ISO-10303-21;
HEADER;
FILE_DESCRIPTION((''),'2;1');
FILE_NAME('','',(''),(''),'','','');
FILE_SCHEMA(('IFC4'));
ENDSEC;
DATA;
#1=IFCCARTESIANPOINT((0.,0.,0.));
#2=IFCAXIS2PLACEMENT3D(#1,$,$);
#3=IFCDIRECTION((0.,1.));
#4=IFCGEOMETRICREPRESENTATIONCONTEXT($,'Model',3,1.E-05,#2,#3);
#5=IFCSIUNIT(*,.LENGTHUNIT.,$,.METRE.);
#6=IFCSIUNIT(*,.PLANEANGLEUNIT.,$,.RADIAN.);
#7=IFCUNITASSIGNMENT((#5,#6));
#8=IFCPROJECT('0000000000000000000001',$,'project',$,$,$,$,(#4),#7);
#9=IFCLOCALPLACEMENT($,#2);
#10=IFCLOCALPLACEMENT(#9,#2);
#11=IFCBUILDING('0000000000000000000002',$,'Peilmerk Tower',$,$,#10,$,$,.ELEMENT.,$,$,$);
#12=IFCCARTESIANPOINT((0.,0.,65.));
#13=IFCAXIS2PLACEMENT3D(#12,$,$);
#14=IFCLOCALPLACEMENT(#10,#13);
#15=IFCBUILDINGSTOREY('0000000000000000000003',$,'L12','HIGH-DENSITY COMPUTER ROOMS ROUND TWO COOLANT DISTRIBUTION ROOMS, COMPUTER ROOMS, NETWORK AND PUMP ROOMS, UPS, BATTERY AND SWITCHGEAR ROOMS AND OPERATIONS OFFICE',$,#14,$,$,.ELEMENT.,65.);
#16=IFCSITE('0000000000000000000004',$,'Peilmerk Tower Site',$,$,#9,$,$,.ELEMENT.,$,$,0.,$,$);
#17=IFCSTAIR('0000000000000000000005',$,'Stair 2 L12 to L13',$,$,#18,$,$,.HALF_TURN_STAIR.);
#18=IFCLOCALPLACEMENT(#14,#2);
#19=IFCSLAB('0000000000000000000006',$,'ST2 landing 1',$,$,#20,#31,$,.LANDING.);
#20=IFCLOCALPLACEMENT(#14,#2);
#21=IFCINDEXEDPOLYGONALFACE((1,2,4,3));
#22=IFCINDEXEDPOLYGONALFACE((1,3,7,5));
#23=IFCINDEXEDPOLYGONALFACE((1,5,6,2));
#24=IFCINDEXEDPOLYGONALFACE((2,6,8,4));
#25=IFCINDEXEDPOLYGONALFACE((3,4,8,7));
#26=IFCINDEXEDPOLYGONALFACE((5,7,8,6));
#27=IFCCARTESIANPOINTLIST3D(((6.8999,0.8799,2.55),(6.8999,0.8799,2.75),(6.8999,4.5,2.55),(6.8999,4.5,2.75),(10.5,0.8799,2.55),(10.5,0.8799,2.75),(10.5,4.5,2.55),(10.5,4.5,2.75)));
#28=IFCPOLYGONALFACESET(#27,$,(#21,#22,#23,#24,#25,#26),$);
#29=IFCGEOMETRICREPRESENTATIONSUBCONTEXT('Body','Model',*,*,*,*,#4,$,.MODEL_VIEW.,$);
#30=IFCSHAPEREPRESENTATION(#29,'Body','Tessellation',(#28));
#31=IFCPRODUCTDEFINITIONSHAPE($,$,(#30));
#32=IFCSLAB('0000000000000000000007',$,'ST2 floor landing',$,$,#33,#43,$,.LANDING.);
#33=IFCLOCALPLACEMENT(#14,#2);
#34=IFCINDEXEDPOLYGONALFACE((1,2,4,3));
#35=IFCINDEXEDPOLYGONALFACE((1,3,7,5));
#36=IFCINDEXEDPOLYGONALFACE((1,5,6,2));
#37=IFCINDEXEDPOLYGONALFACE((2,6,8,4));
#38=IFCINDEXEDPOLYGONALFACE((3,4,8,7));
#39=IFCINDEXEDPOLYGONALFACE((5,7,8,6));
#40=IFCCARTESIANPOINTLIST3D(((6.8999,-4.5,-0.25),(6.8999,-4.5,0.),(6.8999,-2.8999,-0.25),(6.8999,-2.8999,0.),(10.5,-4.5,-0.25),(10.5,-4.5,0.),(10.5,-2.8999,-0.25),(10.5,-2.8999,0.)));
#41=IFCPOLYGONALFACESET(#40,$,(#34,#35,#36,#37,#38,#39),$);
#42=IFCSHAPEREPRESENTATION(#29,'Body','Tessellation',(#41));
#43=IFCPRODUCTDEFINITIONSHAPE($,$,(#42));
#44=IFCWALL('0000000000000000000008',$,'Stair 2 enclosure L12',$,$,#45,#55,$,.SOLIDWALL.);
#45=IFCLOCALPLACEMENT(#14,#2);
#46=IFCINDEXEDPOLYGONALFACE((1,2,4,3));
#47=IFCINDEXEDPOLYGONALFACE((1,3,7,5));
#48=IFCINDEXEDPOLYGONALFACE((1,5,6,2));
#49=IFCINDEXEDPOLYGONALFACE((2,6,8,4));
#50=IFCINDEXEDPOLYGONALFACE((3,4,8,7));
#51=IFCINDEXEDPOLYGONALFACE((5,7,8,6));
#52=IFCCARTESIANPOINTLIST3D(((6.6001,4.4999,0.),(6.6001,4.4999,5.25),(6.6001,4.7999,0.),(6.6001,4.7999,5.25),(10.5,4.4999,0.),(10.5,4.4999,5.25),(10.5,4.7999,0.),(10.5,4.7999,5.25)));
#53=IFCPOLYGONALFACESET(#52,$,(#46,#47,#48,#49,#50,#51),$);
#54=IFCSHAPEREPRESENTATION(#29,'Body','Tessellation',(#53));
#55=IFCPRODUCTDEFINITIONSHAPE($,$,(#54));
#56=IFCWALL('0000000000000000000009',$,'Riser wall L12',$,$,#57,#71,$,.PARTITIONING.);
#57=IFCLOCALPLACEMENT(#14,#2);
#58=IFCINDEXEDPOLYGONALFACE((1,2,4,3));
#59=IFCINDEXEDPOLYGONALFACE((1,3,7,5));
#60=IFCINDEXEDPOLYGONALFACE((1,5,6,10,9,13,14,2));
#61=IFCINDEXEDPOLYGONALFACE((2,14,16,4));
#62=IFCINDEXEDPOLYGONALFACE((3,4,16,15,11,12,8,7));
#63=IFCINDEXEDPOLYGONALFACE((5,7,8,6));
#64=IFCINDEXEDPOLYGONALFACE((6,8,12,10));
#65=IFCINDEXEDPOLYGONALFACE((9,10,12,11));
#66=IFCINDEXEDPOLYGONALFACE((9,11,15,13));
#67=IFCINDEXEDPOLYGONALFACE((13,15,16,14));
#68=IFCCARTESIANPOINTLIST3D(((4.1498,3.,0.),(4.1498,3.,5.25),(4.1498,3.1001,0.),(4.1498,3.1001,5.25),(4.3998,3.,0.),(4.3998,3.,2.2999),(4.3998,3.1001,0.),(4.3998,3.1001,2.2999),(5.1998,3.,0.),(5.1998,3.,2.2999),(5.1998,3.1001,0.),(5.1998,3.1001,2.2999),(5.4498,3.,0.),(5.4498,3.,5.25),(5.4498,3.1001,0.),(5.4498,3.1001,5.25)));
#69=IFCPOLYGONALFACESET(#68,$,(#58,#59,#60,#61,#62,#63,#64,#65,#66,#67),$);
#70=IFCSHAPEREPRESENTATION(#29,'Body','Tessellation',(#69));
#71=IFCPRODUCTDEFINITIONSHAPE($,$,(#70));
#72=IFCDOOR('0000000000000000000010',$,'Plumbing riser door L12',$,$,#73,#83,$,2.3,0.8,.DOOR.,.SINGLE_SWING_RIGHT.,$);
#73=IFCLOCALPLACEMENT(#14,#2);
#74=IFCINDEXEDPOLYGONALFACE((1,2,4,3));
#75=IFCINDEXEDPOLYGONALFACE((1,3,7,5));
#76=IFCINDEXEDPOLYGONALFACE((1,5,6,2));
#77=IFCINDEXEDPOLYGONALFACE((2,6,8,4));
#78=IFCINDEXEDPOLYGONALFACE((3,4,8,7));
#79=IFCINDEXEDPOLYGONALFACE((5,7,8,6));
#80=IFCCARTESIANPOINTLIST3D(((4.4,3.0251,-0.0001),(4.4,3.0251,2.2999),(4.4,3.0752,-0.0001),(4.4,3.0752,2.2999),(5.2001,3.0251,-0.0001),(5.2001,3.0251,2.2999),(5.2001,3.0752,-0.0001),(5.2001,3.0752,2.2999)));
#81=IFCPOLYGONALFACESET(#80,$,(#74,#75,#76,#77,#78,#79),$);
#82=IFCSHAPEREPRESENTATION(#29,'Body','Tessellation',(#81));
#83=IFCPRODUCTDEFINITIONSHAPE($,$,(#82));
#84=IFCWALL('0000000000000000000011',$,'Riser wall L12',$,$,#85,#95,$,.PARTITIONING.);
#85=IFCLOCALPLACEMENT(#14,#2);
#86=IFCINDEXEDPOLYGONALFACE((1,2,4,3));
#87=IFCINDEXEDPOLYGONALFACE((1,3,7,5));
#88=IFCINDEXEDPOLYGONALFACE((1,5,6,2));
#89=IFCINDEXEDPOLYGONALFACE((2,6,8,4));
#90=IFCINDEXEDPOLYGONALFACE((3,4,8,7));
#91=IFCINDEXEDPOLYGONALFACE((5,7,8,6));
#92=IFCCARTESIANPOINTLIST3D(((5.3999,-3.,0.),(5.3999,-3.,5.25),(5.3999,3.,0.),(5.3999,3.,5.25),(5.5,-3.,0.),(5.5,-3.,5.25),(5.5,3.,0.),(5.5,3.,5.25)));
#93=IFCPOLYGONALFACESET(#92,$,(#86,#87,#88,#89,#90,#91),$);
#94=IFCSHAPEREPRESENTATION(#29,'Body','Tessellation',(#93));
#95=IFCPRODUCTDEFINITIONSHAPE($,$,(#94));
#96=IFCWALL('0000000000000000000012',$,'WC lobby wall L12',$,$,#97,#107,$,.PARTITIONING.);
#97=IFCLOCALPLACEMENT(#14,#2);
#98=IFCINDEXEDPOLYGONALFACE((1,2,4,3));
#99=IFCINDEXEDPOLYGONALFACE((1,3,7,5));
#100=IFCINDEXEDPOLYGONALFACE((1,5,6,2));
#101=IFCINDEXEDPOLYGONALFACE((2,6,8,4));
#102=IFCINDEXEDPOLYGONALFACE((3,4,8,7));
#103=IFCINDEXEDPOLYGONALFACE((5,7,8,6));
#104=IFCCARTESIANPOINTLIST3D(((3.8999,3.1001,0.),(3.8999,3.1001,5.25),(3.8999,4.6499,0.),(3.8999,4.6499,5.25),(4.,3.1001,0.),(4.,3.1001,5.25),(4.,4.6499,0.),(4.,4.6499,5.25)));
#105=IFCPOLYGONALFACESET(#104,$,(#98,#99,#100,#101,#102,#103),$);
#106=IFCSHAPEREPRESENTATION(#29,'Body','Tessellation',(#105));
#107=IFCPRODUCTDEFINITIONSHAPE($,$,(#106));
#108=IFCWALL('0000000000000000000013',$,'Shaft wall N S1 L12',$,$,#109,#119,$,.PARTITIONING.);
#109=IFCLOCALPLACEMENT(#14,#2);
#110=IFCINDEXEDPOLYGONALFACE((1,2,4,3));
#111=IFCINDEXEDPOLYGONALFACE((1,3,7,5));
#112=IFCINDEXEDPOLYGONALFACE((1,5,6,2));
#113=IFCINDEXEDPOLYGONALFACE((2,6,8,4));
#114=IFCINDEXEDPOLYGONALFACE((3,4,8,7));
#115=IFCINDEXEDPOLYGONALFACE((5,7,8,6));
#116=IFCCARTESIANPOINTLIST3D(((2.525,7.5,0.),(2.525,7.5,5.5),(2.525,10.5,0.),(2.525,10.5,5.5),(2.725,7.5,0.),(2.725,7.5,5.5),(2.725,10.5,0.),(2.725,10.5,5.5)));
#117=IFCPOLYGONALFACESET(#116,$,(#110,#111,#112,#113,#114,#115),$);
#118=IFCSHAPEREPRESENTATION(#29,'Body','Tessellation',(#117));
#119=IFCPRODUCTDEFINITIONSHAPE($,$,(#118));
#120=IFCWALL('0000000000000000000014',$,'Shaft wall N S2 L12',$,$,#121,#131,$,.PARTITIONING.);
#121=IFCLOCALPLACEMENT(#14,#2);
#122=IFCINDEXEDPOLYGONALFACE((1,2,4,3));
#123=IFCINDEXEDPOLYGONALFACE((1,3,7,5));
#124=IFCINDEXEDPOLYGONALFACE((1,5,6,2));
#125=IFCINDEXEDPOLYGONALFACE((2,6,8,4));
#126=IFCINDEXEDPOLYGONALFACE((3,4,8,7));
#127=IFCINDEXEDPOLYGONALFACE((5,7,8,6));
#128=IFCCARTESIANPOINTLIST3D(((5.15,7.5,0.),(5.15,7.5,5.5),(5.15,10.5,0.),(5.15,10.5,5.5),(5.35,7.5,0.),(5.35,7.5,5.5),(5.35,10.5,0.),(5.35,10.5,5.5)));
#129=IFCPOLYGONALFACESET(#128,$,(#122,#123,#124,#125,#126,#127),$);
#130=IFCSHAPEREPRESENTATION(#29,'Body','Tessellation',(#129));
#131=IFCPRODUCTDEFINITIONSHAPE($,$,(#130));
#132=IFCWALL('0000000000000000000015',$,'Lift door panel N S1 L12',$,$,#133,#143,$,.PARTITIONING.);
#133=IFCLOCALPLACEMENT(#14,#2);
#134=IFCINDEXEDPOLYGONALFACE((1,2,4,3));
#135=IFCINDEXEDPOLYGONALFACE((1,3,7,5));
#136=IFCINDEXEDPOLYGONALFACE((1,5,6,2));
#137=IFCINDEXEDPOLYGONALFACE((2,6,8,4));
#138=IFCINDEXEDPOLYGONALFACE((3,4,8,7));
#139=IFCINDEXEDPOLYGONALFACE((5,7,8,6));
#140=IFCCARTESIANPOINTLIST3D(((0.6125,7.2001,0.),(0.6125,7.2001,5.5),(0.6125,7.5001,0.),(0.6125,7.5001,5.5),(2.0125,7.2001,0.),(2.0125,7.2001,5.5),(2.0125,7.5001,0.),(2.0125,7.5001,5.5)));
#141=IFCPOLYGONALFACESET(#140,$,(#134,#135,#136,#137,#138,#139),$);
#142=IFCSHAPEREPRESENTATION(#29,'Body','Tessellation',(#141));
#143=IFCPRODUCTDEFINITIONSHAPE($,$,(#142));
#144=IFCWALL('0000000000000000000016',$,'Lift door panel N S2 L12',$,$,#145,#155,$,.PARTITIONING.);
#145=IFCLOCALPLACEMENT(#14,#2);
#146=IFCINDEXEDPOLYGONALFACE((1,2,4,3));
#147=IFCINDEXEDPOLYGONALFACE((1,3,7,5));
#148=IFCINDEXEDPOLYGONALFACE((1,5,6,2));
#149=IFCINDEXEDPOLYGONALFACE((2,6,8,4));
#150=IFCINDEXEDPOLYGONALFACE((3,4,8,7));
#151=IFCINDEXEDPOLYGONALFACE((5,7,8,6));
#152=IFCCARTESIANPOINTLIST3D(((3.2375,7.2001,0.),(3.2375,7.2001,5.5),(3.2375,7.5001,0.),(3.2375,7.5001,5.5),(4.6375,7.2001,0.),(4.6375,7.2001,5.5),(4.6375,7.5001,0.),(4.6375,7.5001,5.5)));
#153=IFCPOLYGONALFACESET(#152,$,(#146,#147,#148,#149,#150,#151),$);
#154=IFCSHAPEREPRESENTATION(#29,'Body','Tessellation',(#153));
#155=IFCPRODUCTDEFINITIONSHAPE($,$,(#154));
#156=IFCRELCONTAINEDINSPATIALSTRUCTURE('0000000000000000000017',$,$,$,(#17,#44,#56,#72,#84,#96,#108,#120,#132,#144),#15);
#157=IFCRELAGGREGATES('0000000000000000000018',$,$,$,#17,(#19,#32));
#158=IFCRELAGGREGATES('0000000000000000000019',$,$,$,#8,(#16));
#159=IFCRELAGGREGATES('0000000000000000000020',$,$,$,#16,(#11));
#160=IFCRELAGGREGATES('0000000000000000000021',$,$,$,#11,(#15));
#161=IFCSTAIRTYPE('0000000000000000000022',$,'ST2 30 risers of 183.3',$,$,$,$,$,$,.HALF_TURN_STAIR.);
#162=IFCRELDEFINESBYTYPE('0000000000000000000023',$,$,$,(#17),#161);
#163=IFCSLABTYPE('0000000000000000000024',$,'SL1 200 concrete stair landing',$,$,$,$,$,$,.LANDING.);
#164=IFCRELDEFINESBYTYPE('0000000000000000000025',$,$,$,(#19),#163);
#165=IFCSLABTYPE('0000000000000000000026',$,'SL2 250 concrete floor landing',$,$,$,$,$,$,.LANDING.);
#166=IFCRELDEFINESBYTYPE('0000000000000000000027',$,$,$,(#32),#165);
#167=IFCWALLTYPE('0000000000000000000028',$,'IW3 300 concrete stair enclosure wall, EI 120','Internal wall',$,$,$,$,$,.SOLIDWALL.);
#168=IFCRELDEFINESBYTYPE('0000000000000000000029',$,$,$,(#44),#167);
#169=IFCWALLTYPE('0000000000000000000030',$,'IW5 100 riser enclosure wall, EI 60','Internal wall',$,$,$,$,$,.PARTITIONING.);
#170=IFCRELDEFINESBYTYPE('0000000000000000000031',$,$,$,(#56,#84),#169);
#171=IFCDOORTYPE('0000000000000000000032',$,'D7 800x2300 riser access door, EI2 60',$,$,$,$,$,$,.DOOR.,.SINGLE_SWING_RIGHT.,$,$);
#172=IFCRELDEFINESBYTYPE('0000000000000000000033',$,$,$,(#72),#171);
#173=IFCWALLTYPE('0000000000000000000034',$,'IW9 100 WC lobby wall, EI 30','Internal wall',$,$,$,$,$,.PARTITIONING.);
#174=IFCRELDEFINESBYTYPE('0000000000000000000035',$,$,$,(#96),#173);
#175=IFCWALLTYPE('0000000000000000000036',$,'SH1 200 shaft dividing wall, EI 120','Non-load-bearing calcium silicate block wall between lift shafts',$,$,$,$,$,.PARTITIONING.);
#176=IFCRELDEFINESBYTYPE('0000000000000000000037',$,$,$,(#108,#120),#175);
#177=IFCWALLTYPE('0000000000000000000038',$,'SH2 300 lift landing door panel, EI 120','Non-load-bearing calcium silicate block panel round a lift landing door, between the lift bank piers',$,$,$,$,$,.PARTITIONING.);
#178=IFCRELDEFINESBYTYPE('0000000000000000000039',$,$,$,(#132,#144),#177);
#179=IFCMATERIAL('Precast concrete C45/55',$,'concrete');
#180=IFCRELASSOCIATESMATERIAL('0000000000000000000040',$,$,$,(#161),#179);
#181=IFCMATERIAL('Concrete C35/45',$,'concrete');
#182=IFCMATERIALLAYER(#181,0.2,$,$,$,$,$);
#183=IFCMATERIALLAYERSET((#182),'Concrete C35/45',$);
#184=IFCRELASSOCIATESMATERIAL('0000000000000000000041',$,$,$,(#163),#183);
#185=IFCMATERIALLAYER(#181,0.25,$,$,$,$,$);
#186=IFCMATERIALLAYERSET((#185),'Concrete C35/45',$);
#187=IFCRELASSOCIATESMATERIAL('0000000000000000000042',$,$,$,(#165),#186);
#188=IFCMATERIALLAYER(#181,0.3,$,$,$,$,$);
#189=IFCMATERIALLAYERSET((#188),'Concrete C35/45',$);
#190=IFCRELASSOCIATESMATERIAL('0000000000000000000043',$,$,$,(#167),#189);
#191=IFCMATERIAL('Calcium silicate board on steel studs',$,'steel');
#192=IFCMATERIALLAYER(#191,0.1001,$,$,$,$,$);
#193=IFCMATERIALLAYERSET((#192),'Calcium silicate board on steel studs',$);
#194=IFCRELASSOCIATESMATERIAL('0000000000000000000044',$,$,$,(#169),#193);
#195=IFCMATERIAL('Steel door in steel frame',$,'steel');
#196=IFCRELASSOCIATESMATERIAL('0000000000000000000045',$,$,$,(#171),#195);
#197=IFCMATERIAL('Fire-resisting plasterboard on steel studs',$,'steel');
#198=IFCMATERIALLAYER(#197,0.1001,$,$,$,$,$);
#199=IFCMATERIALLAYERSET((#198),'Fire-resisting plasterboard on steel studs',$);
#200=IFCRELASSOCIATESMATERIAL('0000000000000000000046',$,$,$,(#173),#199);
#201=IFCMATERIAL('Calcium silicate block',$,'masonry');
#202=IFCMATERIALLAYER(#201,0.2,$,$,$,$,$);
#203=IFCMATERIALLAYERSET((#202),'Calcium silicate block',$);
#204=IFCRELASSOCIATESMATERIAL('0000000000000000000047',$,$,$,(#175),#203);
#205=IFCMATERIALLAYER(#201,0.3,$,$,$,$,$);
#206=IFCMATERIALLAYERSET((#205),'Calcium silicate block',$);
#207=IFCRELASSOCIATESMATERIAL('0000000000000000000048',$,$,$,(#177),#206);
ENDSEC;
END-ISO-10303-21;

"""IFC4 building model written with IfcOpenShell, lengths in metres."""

from ifc_helpers import new_model, si_unit, direction, frame, frame_2d, origin, place, context, subcontext, project, spatial, polyline, rectangle, outline, extrude, material, layer, layer_set, type_object, element, fill, aggregate, save


model = new_model("IFC4")

# Units and contexts
model_context = context("Model", 3, precision=1e-05, world=origin(), true_north=direction((0.0, 1.0)))
body_context = subcontext(model_context, "Body", "Model", "MODEL_VIEW")
ifc_project = project(units=[si_unit("LENGTHUNIT", "METRE"), si_unit("PLANEANGLEUNIT", "RADIAN")], contexts=[model_context])

# Site, building, storey
site_placement = place(None, origin())
site = spatial("IfcSite", under=ifc_project, at=site_placement, Name="Peilmerk Tower Site", CompositionType="ELEMENT", RefElevation=0.0)
building_placement = place(site_placement, origin())
building = spatial("IfcBuilding", under=site, at=building_placement, Name="Peilmerk Tower", CompositionType="ELEMENT")
storey_placement = place(building_placement, frame((0.0, 0.0, 65.0)))
storey = spatial("IfcBuildingStorey", under=building, at=storey_placement, Name="L12", Description="HIGH-DENSITY COMPUTER ROOMS ROUND TWO COOLANT DISTRIBUTION ROOMS, COMPUTER ROOMS, NETWORK AND PUMP ROOMS, UPS, BATTERY AND SWITCHGEAR ROOMS AND OPERATIONS OFFICE", CompositionType="ELEMENT", Elevation=65.0)

# Stair, slabs
ifc_material_1 = material(Name="Precast concrete C45/55", Category="concrete")
stair_type = type_object("IfcStairType", Name="ST2 30 risers of 183.3", PredefinedType="HALF_TURN_STAIR", material=ifc_material_1)
stair_placement = place(storey_placement, origin())
stair = element("IfcStair", 1, at=stair_placement, inside=storey, type_object=stair_type, Name="Stair 2 L12 to L13", PredefinedType="HALF_TURN_STAIR")
ifc_material_2 = material(Name="Concrete C35/45", Category="concrete")
ifc_layer_1 = layer(ifc_material_2, 0.2)
ifc_layer_set_1 = layer_set([ifc_layer_1], Name="Concrete C35/45")
slab_type_1 = type_object("IfcSlabType", Name="SL1 200 concrete stair landing", PredefinedType="LANDING", material=ifc_layer_set_1)
slab_1_placement = place(storey_placement, frame((0.0, 0.0, 2.55)))
slab_1 = element("IfcSlab", 2, at=slab_1_placement, type_object=slab_type_1, Name="ST2 landing 1", PredefinedType="LANDING", context=body_context, shape_type="SweptSolid", body=[
    extrude(outline(polyline([(6.8999, 0.8799), (10.5, 0.8799), (10.5, 4.5), (6.8999, 4.5), (6.8999, 0.8799)])), origin(), (0.0, 0.0, 1.0), 0.2),
])
ifc_layer_2 = layer(ifc_material_2, 0.25)
ifc_layer_set_2 = layer_set([ifc_layer_2], Name="Concrete C35/45")
slab_type_2 = type_object("IfcSlabType", Name="SL2 250 concrete floor landing", PredefinedType="LANDING", material=ifc_layer_set_2)
slab_2_placement = place(storey_placement, frame((0.0, 0.0, -0.25)))
slab_2 = element("IfcSlab", 3, at=slab_2_placement, type_object=slab_type_2, Name="ST2 floor landing", PredefinedType="LANDING", context=body_context, shape_type="SweptSolid", body=[
    extrude(outline(polyline([(6.8999, -4.5), (10.5, -4.5), (10.5, -2.8999), (6.8999, -2.8999), (6.8999, -4.5)])), origin(), (0.0, 0.0, 1.0), 0.25),
])

# Wall
ifc_layer_3 = layer(ifc_material_2, 0.3)
ifc_layer_set_3 = layer_set([ifc_layer_3], Name="Concrete C35/45")
wall_type_1 = type_object("IfcWallType", Name="IW3 300 concrete stair enclosure wall, EI 120", Description="Internal wall", PredefinedType="SOLIDWALL", material=ifc_layer_set_3)
wall_1_placement = place(storey_placement, frame((6.6001, 4.6499, 0.0), z_axis=(0.0, 0.0, 1.0), x_axis=(1.0, 0.0, 0.0)))
element("IfcWall", 4, at=wall_1_placement, inside=storey, type_object=wall_type_1, Name="Stair 2 enclosure L12", PredefinedType="SOLIDWALL", context=body_context, shape_type="SweptSolid", body=[
    extrude(rectangle(XDim=3.8999, YDim=0.3, at=frame_2d((1.95, 0.0))), origin(), (0.0, 0.0, 1.0), 5.25),
])

# Wall, opening, door
ifc_material_3 = material(Name="Calcium silicate board on steel studs", Category="steel")
ifc_layer_4 = layer(ifc_material_3, 0.1001)
ifc_layer_set_4 = layer_set([ifc_layer_4], Name="Calcium silicate board on steel studs")
wall_type_2 = type_object("IfcWallType", Name="IW5 100 riser enclosure wall, EI 60", Description="Internal wall", PredefinedType="PARTITIONING", material=ifc_layer_set_4)
wall_2_placement = place(storey_placement, frame((4.1499, 3.05, 0.0), z_axis=(0.0, 0.0, 1.0), x_axis=(1.0, 0.0, 0.0)))
wall_2 = element("IfcWall", 5, at=wall_2_placement, inside=storey, type_object=wall_type_2, Name="Riser wall L12", PredefinedType="PARTITIONING", context=body_context, shape_type="SweptSolid", body=[
    extrude(rectangle(XDim=1.3, YDim=0.1001, at=frame_2d((0.6499, 0.0))), origin(), (0.0, 0.0, 1.0), 5.25),
])
opening_1_placement = place(wall_2_placement, frame((0.25, 0.0, 0.0)))
opening_1 = element("IfcOpeningElement", 6, at=opening_1_placement, cuts=wall_2, PredefinedType="OPENING", context=body_context, shape_type="SweptSolid", body=[
    extrude(rectangle(XDim=0.8, YDim=2.3, at=frame_2d((0.3999, 1.1499))), frame((0.0, 0.0601, 0.0), z_axis=(0.0, -1.0, 0.0), x_axis=(1.0, 0.0, 0.0)), (0.0, 0.0, 1.0), 0.1201),
])
ifc_material_4 = material(Name="Steel door in steel frame", Category="steel")
door_type_1 = type_object("IfcDoorType", Name="D7 800x2300 riser access door, EI2 60", OperationType="SINGLE_SWING_RIGHT", PredefinedType="DOOR", material=ifc_material_4)
door_1_placement = place(opening_1_placement, frame((0.8, 0.0, 0.0), z_axis=(0.0, 0.0, 1.0), x_axis=(-1.0, 0.0, 0.0)))
door_1 = element("IfcDoor", 7, at=door_1_placement, inside=storey, type_object=door_type_1, Name="Plumbing riser door L12", OperationType="SINGLE_SWING_RIGHT", OverallHeight=2.3, OverallWidth=0.8, PredefinedType="DOOR", context=body_context, shape_type="SweptSolid", body=[
    extrude(rectangle(XDim=0.8, YDim=2.3, at=frame_2d((0.3999, 1.1499))), frame((0.0, 0.0249, 0.0), z_axis=(0.0, -1.0, 0.0), x_axis=(1.0, 0.0, 0.0)), (0.0, 0.0, 1.0), 0.05),
])
fill(opening_1, door_1)

# Walls
wall_3_placement = place(storey_placement, frame((5.45, 3.0, 0.0), z_axis=(0.0, 0.0, 1.0), x_axis=(0.0, -1.0, 0.0)))
element("IfcWall", 8, at=wall_3_placement, inside=storey, type_object=wall_type_2, Name="Riser wall L12", PredefinedType="PARTITIONING", context=body_context, shape_type="SweptSolid", body=[
    extrude(rectangle(XDim=6.0, YDim=0.1001, at=frame_2d((3.0, 0.0))), origin(), (0.0, 0.0, 1.0), 5.25),
])
ifc_material_5 = material(Name="Fire-resisting plasterboard on steel studs", Category="steel")
ifc_layer_5 = layer(ifc_material_5, 0.1001)
ifc_layer_set_5 = layer_set([ifc_layer_5], Name="Fire-resisting plasterboard on steel studs")
wall_type_3 = type_object("IfcWallType", Name="IW9 100 WC lobby wall, EI 30", Description="Internal wall", PredefinedType="PARTITIONING", material=ifc_layer_set_5)
wall_4_placement = place(storey_placement, frame((3.95, 3.1001, 0.0), z_axis=(0.0, 0.0, 1.0), x_axis=(0.0, 1.0, 0.0)))
element("IfcWall", 9, at=wall_4_placement, inside=storey, type_object=wall_type_3, Name="WC lobby wall L12", PredefinedType="PARTITIONING", context=body_context, shape_type="SweptSolid", body=[
    extrude(rectangle(XDim=1.5498, YDim=0.1001, at=frame_2d((0.7749, 0.0))), origin(), (0.0, 0.0, 1.0), 5.25),
])
ifc_material_6 = material(Name="Calcium silicate block", Category="masonry")
ifc_layer_6 = layer(ifc_material_6, 0.2)
ifc_layer_set_6 = layer_set([ifc_layer_6], Name="Calcium silicate block")
wall_type_4 = type_object("IfcWallType", Name="SH1 200 shaft dividing wall, EI 120", Description="Non-load-bearing calcium silicate block wall between lift shafts", PredefinedType="PARTITIONING", material=ifc_layer_set_6)
for number, where, z_axis, x_axis, name in (
    (10, (2.625, 7.5, 0.0), (0.0, 0.0, 1.0), (0.0, 1.0, 0.0), "Shaft wall N S1 L12"),
    (11, (5.25, 7.5, 0.0), (0.0, 0.0, 1.0), (0.0, 1.0, 0.0), "Shaft wall N S2 L12"),
):
    element("IfcWall", number, at=place(storey_placement, frame(where, z_axis=z_axis, x_axis=x_axis)), inside=storey, type_object=wall_type_4, Name=name, PredefinedType="PARTITIONING", context=body_context, shape_type="SweptSolid", body=[
        extrude(rectangle(XDim=3.0, YDim=0.2, at=frame_2d((1.5, 0.0))), origin(), (0.0, 0.0, 1.0), 5.5),
    ])
ifc_layer_7 = layer(ifc_material_6, 0.3)
ifc_layer_set_7 = layer_set([ifc_layer_7], Name="Calcium silicate block")
wall_type_5 = type_object("IfcWallType", Name="SH2 300 lift landing door panel, EI 120", Description="Non-load-bearing calcium silicate block panel round a lift landing door, between the lift bank piers", PredefinedType="PARTITIONING", material=ifc_layer_set_7)
for number, where, z_axis, x_axis, name in (
    (12, (0.6125, 7.3501, 0.0), (0.0, 0.0, 1.0), (1.0, 0.0, 0.0), "Lift door panel N S1 L12"),
    (13, (3.2375, 7.3501, 0.0), (0.0, 0.0, 1.0), (1.0, 0.0, 0.0), "Lift door panel N S2 L12"),
):
    element("IfcWall", number, at=place(storey_placement, frame(where, z_axis=z_axis, x_axis=x_axis)), inside=storey, type_object=wall_type_5, Name=name, PredefinedType="PARTITIONING", context=body_context, shape_type="SweptSolid", body=[
        extrude(rectangle(XDim=1.3999, YDim=0.3, at=frame_2d((0.7, 0.0))), origin(), (0.0, 0.0, 1.0), 5.5),
    ])

aggregate(stair, [slab_1, slab_2])

save(model, "model.ifc")
